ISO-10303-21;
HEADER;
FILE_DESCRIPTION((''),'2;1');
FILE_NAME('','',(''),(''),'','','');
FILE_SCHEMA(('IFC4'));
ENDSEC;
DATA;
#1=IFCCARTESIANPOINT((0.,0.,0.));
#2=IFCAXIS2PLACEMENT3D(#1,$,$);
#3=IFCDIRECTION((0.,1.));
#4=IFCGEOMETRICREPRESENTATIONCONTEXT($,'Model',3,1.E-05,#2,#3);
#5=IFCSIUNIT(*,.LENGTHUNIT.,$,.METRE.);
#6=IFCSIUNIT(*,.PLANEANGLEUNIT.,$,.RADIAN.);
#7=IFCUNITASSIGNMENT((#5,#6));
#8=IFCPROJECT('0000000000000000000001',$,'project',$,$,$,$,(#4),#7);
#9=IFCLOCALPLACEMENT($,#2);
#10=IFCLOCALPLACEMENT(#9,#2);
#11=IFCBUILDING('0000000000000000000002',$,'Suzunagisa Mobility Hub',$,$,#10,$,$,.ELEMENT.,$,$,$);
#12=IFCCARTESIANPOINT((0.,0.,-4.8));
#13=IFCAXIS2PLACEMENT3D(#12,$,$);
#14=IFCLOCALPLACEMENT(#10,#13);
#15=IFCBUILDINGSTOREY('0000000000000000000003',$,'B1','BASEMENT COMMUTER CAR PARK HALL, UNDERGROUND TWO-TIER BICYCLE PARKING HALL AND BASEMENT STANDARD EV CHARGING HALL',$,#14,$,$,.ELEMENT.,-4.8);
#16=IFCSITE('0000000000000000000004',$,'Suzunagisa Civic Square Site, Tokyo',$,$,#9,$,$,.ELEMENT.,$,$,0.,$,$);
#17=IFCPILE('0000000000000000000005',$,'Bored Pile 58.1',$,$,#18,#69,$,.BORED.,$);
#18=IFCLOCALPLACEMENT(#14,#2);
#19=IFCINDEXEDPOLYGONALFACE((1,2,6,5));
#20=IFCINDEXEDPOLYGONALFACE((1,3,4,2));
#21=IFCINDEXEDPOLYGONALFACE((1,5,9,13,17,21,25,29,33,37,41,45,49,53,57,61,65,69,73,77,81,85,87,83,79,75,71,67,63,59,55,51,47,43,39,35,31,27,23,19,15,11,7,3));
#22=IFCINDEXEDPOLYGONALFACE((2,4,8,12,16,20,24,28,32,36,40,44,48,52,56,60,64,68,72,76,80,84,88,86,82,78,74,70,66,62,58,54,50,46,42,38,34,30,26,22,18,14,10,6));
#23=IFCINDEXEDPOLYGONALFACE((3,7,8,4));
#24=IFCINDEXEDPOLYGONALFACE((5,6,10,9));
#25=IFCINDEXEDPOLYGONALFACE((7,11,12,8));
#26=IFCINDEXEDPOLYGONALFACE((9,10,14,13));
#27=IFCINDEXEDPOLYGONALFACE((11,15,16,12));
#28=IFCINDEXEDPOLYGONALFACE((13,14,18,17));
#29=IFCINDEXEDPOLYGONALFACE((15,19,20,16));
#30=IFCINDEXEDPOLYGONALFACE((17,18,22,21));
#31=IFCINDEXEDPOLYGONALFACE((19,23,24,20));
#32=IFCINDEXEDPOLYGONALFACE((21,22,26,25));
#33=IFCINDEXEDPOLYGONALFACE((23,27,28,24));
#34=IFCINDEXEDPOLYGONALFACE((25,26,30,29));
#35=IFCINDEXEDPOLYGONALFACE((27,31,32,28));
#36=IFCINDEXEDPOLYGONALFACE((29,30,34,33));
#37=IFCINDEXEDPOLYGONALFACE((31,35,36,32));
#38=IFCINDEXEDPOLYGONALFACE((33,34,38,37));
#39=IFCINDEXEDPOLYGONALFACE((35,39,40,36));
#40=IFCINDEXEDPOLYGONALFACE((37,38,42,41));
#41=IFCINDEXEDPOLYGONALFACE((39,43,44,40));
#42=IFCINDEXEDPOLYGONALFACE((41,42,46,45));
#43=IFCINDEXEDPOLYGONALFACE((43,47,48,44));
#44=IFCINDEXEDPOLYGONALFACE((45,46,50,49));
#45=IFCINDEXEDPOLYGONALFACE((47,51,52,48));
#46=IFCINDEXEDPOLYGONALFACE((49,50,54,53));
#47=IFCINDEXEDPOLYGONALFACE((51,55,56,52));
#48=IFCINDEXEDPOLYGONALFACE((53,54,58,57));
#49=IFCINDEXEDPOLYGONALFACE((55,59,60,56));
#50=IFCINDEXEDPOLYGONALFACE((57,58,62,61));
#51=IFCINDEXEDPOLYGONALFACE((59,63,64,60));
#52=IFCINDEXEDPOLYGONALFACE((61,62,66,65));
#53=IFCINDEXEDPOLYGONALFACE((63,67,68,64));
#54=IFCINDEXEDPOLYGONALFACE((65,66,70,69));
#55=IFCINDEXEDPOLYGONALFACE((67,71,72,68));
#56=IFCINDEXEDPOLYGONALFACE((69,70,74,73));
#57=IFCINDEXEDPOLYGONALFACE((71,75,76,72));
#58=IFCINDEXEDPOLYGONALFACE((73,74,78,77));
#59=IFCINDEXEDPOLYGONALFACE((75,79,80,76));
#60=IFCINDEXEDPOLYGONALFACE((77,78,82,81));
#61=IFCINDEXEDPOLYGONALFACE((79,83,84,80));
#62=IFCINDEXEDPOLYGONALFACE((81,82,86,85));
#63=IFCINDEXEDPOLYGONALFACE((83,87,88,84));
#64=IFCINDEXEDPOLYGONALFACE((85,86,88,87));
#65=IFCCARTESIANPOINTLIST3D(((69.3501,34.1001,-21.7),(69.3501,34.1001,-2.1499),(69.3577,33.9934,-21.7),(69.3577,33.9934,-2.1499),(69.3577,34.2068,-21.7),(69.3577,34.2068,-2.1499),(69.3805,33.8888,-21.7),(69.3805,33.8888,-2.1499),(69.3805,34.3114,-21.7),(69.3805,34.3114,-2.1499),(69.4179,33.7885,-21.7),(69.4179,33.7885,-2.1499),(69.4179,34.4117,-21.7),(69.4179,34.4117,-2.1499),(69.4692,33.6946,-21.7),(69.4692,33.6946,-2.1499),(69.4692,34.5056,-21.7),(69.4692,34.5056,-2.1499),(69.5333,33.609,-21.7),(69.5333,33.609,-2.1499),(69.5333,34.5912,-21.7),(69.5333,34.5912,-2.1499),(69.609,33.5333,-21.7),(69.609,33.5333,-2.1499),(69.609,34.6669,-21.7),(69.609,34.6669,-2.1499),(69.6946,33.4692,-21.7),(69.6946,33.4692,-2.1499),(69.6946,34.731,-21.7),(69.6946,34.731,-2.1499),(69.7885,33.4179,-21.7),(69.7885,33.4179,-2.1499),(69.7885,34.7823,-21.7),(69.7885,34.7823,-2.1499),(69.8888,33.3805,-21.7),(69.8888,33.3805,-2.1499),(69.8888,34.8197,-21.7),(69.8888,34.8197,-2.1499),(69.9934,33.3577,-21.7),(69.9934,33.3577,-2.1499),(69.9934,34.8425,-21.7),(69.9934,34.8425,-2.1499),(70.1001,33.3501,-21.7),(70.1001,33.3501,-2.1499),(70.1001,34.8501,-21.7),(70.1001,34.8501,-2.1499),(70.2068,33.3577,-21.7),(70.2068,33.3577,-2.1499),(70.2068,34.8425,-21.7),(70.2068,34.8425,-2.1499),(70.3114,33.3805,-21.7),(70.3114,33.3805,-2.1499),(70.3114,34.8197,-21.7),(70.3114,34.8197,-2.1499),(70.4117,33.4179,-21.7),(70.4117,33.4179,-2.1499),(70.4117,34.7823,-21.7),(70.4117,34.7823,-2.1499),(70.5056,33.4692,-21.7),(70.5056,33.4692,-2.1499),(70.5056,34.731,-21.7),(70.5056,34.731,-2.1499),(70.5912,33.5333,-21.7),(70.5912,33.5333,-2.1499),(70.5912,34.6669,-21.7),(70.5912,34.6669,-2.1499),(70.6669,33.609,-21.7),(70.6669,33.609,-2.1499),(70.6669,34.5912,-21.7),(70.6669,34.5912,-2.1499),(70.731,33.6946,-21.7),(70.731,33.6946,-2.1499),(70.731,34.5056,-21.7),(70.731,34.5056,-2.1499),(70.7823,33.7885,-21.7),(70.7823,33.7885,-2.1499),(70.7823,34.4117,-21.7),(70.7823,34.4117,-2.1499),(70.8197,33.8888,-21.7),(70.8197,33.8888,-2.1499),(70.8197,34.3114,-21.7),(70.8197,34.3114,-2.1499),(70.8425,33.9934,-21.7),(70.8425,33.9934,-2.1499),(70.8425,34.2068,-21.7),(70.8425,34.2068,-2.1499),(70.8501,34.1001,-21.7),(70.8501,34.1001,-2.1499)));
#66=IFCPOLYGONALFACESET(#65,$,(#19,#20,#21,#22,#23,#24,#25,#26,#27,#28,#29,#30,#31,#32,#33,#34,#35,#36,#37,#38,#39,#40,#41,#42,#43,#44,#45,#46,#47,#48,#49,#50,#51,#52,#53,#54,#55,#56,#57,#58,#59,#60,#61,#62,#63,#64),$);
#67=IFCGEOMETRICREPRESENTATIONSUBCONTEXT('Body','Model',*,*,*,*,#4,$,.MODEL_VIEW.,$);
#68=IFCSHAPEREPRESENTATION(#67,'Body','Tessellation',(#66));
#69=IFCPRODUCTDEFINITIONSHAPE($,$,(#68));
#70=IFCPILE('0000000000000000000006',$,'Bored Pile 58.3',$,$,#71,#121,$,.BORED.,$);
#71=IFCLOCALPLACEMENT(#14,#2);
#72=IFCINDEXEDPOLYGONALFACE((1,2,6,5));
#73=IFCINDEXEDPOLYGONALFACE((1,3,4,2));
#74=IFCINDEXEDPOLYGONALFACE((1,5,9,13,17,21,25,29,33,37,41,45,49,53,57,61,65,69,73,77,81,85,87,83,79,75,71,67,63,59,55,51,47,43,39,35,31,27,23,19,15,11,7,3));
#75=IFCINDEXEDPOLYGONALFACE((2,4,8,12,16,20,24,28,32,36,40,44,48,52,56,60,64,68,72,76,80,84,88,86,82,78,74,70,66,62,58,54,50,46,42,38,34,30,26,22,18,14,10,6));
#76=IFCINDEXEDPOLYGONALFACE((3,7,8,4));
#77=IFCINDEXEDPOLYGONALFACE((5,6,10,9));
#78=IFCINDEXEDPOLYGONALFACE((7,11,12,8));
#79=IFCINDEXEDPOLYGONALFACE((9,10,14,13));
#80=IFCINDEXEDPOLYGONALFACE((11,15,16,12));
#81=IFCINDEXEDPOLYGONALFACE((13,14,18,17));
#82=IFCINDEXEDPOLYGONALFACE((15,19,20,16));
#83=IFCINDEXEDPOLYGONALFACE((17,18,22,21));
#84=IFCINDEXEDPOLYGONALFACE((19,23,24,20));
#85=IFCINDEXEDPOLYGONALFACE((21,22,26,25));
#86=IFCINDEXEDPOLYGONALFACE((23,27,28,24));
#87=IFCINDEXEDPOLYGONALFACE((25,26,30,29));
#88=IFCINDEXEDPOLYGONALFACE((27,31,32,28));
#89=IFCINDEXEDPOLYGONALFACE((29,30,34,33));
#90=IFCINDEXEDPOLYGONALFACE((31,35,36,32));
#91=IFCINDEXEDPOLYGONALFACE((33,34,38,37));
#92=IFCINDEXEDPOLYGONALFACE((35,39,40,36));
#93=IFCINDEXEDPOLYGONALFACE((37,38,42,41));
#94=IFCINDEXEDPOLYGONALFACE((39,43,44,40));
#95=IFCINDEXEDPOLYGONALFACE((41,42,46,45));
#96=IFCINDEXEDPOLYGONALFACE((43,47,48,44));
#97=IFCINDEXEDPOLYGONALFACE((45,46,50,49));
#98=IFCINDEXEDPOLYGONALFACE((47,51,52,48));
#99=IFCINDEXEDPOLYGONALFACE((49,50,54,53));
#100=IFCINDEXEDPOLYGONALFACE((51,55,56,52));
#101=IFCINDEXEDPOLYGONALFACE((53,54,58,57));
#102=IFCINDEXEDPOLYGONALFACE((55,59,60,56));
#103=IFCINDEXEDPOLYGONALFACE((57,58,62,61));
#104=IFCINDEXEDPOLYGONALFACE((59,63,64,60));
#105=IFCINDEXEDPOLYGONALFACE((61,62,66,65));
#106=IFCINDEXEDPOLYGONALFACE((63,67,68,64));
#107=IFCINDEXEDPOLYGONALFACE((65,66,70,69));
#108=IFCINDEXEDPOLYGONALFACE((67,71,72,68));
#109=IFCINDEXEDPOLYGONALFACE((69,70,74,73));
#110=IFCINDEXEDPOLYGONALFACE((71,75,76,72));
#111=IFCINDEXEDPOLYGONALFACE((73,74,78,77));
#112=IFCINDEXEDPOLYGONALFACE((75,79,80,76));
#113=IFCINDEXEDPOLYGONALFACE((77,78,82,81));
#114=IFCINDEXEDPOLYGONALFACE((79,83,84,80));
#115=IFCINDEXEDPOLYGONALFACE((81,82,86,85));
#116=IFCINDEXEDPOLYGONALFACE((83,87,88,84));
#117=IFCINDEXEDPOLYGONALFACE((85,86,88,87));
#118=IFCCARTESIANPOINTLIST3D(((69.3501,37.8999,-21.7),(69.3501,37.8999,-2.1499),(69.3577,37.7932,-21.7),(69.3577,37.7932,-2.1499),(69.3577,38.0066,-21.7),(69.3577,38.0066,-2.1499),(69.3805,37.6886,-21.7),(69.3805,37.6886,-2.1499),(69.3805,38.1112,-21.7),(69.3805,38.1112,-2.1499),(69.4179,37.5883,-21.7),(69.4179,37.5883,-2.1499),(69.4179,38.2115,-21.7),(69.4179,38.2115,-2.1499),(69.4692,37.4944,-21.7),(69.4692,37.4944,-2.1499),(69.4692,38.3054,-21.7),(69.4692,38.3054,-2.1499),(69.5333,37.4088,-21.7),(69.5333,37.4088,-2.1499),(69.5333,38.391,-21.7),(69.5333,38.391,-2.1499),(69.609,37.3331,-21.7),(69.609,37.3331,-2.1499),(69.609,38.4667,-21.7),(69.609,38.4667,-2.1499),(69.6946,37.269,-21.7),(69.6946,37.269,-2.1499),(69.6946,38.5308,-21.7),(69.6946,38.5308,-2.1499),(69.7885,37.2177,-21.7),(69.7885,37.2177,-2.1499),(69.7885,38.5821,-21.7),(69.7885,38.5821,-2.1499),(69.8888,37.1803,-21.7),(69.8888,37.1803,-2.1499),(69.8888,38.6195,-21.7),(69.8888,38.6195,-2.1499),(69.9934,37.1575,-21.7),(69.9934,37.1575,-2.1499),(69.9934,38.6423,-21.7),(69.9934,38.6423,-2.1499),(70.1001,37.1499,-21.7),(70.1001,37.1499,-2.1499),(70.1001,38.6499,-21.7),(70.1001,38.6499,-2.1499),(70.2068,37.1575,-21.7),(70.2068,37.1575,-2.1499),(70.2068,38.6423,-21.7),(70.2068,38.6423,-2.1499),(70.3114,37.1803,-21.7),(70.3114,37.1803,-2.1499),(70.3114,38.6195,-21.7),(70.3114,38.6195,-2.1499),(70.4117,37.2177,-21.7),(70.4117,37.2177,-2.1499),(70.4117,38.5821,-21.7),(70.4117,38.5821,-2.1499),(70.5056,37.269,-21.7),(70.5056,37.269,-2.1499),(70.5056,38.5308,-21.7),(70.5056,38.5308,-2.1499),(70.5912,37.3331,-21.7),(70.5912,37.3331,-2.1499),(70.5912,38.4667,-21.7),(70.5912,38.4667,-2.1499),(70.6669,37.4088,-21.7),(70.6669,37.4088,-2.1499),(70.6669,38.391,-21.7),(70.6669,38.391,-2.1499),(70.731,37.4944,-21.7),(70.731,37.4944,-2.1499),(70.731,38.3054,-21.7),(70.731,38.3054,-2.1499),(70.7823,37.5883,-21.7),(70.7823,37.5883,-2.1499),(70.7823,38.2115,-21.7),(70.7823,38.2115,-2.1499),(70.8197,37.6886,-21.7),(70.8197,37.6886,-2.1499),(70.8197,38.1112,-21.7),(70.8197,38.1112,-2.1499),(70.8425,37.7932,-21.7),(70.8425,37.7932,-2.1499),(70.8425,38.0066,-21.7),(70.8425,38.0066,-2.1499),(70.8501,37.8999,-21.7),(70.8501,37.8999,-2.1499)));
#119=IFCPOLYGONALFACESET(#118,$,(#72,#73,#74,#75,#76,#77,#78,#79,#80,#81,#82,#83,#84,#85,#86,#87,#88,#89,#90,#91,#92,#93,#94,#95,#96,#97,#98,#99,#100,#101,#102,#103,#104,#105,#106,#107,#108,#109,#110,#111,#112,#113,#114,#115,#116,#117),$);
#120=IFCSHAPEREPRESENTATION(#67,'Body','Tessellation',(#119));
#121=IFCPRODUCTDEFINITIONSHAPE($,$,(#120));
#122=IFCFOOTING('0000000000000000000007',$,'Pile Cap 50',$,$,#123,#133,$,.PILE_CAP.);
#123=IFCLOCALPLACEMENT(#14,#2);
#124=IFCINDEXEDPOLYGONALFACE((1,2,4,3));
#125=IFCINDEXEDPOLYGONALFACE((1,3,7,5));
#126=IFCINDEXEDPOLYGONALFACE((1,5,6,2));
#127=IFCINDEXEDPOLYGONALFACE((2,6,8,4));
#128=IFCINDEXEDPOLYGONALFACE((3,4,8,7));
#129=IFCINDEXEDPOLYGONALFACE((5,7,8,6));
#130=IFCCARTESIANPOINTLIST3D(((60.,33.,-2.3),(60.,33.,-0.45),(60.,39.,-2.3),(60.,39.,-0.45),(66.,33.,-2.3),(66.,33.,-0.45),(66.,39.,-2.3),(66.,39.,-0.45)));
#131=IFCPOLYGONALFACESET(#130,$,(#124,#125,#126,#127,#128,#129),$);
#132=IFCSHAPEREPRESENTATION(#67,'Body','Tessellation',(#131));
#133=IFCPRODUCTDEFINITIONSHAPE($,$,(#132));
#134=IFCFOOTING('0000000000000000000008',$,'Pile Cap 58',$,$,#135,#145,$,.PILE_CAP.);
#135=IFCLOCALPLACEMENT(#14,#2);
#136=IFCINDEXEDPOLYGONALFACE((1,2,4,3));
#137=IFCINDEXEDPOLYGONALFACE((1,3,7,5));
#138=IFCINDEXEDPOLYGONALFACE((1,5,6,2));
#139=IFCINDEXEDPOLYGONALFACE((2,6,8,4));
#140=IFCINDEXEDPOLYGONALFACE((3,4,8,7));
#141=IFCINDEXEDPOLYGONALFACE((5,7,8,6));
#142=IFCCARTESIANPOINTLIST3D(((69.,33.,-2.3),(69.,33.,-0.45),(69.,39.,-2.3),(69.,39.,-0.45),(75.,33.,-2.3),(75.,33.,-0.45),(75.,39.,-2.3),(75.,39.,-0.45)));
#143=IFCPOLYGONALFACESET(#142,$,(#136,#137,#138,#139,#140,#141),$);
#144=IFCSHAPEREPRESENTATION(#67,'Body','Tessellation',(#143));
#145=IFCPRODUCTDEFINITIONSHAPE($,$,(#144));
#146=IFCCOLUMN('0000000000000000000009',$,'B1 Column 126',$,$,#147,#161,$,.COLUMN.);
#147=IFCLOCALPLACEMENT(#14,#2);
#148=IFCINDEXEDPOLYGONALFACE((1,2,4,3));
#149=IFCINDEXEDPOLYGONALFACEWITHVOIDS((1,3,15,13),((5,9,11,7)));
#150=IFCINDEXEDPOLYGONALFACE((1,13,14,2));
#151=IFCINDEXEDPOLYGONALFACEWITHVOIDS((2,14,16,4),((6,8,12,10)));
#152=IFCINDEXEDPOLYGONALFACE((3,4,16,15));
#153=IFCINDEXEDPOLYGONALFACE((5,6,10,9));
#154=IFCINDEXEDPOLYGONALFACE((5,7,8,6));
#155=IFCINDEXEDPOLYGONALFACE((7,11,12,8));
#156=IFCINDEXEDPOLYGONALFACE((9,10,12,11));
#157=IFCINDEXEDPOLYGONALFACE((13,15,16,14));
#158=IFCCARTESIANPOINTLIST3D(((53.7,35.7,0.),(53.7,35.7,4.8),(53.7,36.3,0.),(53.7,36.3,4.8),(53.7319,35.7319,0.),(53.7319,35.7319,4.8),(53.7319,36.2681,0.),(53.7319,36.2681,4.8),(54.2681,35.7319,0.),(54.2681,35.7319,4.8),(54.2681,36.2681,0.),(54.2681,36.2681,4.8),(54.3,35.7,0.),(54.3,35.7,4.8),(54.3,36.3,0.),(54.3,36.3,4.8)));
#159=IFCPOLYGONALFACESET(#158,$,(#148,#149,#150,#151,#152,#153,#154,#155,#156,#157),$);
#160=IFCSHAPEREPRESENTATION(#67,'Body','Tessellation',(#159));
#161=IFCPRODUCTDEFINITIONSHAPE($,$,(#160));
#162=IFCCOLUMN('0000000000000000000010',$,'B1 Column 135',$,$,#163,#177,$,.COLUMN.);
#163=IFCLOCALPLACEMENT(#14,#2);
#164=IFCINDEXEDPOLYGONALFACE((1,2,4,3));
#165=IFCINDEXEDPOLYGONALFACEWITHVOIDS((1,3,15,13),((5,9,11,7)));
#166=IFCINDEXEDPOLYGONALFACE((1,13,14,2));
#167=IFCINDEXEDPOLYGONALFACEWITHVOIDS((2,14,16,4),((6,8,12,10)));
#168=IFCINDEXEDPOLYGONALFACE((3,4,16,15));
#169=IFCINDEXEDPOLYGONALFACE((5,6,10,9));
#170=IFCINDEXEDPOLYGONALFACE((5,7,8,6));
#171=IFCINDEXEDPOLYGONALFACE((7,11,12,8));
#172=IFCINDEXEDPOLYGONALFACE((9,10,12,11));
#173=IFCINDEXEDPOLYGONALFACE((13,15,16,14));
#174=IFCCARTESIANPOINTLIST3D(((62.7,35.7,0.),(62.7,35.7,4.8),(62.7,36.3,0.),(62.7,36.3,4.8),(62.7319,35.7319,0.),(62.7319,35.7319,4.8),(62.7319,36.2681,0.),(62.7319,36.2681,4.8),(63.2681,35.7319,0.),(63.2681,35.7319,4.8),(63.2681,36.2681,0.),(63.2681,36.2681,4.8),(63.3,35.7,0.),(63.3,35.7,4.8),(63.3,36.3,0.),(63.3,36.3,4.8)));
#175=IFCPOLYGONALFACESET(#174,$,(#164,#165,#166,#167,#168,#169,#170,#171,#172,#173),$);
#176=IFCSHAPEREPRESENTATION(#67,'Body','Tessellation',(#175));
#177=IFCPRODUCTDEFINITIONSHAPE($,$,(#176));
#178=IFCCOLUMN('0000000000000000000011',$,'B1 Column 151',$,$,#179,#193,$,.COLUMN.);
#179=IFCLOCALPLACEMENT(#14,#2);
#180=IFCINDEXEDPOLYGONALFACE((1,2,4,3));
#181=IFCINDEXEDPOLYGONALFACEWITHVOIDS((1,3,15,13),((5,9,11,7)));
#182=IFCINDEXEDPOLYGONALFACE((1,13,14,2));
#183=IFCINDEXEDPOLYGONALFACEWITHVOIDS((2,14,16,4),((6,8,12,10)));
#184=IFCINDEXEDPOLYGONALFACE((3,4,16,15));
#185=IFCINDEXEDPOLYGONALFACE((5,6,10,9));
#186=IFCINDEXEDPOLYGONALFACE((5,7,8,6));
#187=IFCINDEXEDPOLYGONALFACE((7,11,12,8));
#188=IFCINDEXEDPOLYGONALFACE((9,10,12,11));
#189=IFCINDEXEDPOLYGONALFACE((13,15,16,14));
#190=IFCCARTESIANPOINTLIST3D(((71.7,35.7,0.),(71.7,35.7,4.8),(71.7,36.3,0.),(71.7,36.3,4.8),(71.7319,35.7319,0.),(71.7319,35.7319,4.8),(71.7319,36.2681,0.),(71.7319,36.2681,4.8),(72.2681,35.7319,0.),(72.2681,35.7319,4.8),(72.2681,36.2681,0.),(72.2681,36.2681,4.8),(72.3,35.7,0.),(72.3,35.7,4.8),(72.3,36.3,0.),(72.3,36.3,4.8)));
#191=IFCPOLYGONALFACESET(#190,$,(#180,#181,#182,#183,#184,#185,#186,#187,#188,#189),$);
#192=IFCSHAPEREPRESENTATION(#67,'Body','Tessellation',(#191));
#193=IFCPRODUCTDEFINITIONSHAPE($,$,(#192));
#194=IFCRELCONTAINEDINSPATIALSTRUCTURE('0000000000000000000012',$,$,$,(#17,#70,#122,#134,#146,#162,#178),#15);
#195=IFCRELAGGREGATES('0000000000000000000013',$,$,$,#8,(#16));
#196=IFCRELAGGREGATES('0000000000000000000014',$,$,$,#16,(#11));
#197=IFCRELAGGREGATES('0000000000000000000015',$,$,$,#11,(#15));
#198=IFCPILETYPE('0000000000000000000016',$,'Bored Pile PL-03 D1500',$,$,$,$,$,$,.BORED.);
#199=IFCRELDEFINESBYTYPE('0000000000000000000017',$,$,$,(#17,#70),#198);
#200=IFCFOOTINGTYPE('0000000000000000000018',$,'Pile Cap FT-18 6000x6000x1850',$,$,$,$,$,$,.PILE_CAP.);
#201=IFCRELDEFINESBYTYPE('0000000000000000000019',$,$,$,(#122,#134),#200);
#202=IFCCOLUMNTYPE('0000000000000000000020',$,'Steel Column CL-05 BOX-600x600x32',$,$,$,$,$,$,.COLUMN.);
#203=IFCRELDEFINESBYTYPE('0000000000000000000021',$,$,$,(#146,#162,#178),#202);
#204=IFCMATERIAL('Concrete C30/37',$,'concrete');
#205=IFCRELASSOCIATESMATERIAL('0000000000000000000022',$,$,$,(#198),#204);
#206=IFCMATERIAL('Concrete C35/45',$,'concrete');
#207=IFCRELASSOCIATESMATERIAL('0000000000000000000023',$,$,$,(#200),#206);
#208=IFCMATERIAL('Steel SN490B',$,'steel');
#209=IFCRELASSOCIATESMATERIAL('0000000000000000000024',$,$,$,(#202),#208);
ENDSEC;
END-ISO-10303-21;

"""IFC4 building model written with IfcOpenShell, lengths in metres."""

from ifc_helpers import new_model, si_unit, direction, frame, origin, origin_2d, place, context, subcontext, project, spatial, rectangle, hollow_rectangle, circle, extrude, material, material_profile, profile_set, type_object, element, save


model = new_model("IFC4")

# Units and contexts
model_context = context("Model", 3, precision=1e-05, world=origin(), true_north=direction((0.0, 1.0)))
body_context = subcontext(model_context, "Body", "Model", "MODEL_VIEW")
ifc_project = project(units=[si_unit("LENGTHUNIT", "METRE"), si_unit("PLANEANGLEUNIT", "RADIAN")], contexts=[model_context])

# Site, building, storey
site_placement = place(None, origin())
site = spatial("IfcSite", under=ifc_project, at=site_placement, Name="Suzunagisa Civic Square Site, Tokyo", CompositionType="ELEMENT", RefElevation=0.0)
building_placement = place(site_placement, origin())
building = spatial("IfcBuilding", under=site, at=building_placement, Name="Suzunagisa Mobility Hub", CompositionType="ELEMENT")
storey_placement = place(building_placement, frame((0.0, 0.0, -4.8)))
storey = spatial("IfcBuildingStorey", under=building, at=storey_placement, Name="B1", Description="BASEMENT COMMUTER CAR PARK HALL, UNDERGROUND TWO-TIER BICYCLE PARKING HALL AND BASEMENT STANDARD EV CHARGING HALL", CompositionType="ELEMENT", Elevation=-4.8)

# Piles
ifc_material_1 = material(Name="Concrete C30/37", Category="concrete")
ifc_material_profile_1 = material_profile(ifc_material_1, circle(Radius=0.75, at=origin_2d()), Name="BORED PILE D1500")
ifc_profile_set_1 = profile_set([ifc_material_profile_1], Name="Concrete C30/37")
pile_type_1 = type_object("IfcPileType", Name="Bored Pile PL-03 D1500", PredefinedType="BORED", material=ifc_profile_set_1)
for number, where, z_axis, x_axis, name in (
    (1, (70.1001, 34.1001, -2.1499), (0.0, 0.0, -1.0), (1.0, 0.0, 0.0), "Bored Pile 58.1"),
    (2, (70.1001, 37.8999, -2.1499), (0.0, 0.0, -1.0), (1.0, 0.0, 0.0), "Bored Pile 58.3"),
):
    element("IfcPile", number, at=place(storey_placement, frame(where, z_axis=z_axis, x_axis=x_axis)), inside=storey, type_object=pile_type_1, Name=name, PredefinedType="BORED", context=body_context, shape_type="SweptSolid", body=[
        extrude(circle(Radius=0.75, at=origin_2d()), origin(), (0.0, 0.0, 1.0), 19.55),
    ])

# Footings
ifc_material_2 = material(Name="Concrete C35/45", Category="concrete")
footing_type = type_object("IfcFootingType", Name="Pile Cap FT-18 6000x6000x1850", PredefinedType="PILE_CAP", material=ifc_material_2)
for number, where, z_axis, x_axis, name in (
    (3, (63.0, 36.0, -2.3), (0.0, 0.0, 1.0), (1.0, 0.0, 0.0), "Pile Cap 50"),
    (4, (72.0, 36.0, -2.3), (0.0, 0.0, 1.0), (1.0, 0.0, 0.0), "Pile Cap 58"),
):
    element("IfcFooting", number, at=place(storey_placement, frame(where, z_axis=z_axis, x_axis=x_axis)), inside=storey, type_object=footing_type, Name=name, PredefinedType="PILE_CAP", context=body_context, shape_type="SweptSolid", body=[
        extrude(rectangle(XDim=6.0, YDim=6.0, at=origin_2d()), origin(), (0.0, 0.0, 1.0), 1.8501),
    ])

# Columns
ifc_material_3 = material(Name="Steel SN490B", Category="steel")
ifc_material_profile_2 = material_profile(ifc_material_3, hollow_rectangle(XDim=0.6001, YDim=0.6001, WallThickness=0.032, at=origin_2d()), Name="BOX-600x600x32")
ifc_profile_set_2 = profile_set([ifc_material_profile_2], Name="Steel SN490B")
column_type_1 = type_object("IfcColumnType", Name="Steel Column CL-05 BOX-600x600x32", PredefinedType="COLUMN", material=ifc_profile_set_2)
for number, where, z_axis, x_axis, name in (
    (5, (54.0, 36.0, 0.0), (0.0, 0.0, 1.0), (1.0, 0.0, 0.0), "B1 Column 126"),
    (6, (63.0, 36.0, 0.0), (0.0, 0.0, 1.0), (1.0, 0.0, 0.0), "B1 Column 135"),
    (7, (72.0, 36.0, 0.0), (0.0, 0.0, 1.0), (1.0, 0.0, 0.0), "B1 Column 151"),
):
    element("IfcColumn", number, at=place(storey_placement, frame(where, z_axis=z_axis, x_axis=x_axis)), inside=storey, type_object=column_type_1, Name=name, PredefinedType="COLUMN", context=body_context, shape_type="SweptSolid", body=[
        extrude(hollow_rectangle(XDim=0.6001, YDim=0.6001, WallThickness=0.032, at=origin_2d()), origin(), (0.0, 0.0, 1.0), 4.8),
    ])

save(model, "model.ifc")
